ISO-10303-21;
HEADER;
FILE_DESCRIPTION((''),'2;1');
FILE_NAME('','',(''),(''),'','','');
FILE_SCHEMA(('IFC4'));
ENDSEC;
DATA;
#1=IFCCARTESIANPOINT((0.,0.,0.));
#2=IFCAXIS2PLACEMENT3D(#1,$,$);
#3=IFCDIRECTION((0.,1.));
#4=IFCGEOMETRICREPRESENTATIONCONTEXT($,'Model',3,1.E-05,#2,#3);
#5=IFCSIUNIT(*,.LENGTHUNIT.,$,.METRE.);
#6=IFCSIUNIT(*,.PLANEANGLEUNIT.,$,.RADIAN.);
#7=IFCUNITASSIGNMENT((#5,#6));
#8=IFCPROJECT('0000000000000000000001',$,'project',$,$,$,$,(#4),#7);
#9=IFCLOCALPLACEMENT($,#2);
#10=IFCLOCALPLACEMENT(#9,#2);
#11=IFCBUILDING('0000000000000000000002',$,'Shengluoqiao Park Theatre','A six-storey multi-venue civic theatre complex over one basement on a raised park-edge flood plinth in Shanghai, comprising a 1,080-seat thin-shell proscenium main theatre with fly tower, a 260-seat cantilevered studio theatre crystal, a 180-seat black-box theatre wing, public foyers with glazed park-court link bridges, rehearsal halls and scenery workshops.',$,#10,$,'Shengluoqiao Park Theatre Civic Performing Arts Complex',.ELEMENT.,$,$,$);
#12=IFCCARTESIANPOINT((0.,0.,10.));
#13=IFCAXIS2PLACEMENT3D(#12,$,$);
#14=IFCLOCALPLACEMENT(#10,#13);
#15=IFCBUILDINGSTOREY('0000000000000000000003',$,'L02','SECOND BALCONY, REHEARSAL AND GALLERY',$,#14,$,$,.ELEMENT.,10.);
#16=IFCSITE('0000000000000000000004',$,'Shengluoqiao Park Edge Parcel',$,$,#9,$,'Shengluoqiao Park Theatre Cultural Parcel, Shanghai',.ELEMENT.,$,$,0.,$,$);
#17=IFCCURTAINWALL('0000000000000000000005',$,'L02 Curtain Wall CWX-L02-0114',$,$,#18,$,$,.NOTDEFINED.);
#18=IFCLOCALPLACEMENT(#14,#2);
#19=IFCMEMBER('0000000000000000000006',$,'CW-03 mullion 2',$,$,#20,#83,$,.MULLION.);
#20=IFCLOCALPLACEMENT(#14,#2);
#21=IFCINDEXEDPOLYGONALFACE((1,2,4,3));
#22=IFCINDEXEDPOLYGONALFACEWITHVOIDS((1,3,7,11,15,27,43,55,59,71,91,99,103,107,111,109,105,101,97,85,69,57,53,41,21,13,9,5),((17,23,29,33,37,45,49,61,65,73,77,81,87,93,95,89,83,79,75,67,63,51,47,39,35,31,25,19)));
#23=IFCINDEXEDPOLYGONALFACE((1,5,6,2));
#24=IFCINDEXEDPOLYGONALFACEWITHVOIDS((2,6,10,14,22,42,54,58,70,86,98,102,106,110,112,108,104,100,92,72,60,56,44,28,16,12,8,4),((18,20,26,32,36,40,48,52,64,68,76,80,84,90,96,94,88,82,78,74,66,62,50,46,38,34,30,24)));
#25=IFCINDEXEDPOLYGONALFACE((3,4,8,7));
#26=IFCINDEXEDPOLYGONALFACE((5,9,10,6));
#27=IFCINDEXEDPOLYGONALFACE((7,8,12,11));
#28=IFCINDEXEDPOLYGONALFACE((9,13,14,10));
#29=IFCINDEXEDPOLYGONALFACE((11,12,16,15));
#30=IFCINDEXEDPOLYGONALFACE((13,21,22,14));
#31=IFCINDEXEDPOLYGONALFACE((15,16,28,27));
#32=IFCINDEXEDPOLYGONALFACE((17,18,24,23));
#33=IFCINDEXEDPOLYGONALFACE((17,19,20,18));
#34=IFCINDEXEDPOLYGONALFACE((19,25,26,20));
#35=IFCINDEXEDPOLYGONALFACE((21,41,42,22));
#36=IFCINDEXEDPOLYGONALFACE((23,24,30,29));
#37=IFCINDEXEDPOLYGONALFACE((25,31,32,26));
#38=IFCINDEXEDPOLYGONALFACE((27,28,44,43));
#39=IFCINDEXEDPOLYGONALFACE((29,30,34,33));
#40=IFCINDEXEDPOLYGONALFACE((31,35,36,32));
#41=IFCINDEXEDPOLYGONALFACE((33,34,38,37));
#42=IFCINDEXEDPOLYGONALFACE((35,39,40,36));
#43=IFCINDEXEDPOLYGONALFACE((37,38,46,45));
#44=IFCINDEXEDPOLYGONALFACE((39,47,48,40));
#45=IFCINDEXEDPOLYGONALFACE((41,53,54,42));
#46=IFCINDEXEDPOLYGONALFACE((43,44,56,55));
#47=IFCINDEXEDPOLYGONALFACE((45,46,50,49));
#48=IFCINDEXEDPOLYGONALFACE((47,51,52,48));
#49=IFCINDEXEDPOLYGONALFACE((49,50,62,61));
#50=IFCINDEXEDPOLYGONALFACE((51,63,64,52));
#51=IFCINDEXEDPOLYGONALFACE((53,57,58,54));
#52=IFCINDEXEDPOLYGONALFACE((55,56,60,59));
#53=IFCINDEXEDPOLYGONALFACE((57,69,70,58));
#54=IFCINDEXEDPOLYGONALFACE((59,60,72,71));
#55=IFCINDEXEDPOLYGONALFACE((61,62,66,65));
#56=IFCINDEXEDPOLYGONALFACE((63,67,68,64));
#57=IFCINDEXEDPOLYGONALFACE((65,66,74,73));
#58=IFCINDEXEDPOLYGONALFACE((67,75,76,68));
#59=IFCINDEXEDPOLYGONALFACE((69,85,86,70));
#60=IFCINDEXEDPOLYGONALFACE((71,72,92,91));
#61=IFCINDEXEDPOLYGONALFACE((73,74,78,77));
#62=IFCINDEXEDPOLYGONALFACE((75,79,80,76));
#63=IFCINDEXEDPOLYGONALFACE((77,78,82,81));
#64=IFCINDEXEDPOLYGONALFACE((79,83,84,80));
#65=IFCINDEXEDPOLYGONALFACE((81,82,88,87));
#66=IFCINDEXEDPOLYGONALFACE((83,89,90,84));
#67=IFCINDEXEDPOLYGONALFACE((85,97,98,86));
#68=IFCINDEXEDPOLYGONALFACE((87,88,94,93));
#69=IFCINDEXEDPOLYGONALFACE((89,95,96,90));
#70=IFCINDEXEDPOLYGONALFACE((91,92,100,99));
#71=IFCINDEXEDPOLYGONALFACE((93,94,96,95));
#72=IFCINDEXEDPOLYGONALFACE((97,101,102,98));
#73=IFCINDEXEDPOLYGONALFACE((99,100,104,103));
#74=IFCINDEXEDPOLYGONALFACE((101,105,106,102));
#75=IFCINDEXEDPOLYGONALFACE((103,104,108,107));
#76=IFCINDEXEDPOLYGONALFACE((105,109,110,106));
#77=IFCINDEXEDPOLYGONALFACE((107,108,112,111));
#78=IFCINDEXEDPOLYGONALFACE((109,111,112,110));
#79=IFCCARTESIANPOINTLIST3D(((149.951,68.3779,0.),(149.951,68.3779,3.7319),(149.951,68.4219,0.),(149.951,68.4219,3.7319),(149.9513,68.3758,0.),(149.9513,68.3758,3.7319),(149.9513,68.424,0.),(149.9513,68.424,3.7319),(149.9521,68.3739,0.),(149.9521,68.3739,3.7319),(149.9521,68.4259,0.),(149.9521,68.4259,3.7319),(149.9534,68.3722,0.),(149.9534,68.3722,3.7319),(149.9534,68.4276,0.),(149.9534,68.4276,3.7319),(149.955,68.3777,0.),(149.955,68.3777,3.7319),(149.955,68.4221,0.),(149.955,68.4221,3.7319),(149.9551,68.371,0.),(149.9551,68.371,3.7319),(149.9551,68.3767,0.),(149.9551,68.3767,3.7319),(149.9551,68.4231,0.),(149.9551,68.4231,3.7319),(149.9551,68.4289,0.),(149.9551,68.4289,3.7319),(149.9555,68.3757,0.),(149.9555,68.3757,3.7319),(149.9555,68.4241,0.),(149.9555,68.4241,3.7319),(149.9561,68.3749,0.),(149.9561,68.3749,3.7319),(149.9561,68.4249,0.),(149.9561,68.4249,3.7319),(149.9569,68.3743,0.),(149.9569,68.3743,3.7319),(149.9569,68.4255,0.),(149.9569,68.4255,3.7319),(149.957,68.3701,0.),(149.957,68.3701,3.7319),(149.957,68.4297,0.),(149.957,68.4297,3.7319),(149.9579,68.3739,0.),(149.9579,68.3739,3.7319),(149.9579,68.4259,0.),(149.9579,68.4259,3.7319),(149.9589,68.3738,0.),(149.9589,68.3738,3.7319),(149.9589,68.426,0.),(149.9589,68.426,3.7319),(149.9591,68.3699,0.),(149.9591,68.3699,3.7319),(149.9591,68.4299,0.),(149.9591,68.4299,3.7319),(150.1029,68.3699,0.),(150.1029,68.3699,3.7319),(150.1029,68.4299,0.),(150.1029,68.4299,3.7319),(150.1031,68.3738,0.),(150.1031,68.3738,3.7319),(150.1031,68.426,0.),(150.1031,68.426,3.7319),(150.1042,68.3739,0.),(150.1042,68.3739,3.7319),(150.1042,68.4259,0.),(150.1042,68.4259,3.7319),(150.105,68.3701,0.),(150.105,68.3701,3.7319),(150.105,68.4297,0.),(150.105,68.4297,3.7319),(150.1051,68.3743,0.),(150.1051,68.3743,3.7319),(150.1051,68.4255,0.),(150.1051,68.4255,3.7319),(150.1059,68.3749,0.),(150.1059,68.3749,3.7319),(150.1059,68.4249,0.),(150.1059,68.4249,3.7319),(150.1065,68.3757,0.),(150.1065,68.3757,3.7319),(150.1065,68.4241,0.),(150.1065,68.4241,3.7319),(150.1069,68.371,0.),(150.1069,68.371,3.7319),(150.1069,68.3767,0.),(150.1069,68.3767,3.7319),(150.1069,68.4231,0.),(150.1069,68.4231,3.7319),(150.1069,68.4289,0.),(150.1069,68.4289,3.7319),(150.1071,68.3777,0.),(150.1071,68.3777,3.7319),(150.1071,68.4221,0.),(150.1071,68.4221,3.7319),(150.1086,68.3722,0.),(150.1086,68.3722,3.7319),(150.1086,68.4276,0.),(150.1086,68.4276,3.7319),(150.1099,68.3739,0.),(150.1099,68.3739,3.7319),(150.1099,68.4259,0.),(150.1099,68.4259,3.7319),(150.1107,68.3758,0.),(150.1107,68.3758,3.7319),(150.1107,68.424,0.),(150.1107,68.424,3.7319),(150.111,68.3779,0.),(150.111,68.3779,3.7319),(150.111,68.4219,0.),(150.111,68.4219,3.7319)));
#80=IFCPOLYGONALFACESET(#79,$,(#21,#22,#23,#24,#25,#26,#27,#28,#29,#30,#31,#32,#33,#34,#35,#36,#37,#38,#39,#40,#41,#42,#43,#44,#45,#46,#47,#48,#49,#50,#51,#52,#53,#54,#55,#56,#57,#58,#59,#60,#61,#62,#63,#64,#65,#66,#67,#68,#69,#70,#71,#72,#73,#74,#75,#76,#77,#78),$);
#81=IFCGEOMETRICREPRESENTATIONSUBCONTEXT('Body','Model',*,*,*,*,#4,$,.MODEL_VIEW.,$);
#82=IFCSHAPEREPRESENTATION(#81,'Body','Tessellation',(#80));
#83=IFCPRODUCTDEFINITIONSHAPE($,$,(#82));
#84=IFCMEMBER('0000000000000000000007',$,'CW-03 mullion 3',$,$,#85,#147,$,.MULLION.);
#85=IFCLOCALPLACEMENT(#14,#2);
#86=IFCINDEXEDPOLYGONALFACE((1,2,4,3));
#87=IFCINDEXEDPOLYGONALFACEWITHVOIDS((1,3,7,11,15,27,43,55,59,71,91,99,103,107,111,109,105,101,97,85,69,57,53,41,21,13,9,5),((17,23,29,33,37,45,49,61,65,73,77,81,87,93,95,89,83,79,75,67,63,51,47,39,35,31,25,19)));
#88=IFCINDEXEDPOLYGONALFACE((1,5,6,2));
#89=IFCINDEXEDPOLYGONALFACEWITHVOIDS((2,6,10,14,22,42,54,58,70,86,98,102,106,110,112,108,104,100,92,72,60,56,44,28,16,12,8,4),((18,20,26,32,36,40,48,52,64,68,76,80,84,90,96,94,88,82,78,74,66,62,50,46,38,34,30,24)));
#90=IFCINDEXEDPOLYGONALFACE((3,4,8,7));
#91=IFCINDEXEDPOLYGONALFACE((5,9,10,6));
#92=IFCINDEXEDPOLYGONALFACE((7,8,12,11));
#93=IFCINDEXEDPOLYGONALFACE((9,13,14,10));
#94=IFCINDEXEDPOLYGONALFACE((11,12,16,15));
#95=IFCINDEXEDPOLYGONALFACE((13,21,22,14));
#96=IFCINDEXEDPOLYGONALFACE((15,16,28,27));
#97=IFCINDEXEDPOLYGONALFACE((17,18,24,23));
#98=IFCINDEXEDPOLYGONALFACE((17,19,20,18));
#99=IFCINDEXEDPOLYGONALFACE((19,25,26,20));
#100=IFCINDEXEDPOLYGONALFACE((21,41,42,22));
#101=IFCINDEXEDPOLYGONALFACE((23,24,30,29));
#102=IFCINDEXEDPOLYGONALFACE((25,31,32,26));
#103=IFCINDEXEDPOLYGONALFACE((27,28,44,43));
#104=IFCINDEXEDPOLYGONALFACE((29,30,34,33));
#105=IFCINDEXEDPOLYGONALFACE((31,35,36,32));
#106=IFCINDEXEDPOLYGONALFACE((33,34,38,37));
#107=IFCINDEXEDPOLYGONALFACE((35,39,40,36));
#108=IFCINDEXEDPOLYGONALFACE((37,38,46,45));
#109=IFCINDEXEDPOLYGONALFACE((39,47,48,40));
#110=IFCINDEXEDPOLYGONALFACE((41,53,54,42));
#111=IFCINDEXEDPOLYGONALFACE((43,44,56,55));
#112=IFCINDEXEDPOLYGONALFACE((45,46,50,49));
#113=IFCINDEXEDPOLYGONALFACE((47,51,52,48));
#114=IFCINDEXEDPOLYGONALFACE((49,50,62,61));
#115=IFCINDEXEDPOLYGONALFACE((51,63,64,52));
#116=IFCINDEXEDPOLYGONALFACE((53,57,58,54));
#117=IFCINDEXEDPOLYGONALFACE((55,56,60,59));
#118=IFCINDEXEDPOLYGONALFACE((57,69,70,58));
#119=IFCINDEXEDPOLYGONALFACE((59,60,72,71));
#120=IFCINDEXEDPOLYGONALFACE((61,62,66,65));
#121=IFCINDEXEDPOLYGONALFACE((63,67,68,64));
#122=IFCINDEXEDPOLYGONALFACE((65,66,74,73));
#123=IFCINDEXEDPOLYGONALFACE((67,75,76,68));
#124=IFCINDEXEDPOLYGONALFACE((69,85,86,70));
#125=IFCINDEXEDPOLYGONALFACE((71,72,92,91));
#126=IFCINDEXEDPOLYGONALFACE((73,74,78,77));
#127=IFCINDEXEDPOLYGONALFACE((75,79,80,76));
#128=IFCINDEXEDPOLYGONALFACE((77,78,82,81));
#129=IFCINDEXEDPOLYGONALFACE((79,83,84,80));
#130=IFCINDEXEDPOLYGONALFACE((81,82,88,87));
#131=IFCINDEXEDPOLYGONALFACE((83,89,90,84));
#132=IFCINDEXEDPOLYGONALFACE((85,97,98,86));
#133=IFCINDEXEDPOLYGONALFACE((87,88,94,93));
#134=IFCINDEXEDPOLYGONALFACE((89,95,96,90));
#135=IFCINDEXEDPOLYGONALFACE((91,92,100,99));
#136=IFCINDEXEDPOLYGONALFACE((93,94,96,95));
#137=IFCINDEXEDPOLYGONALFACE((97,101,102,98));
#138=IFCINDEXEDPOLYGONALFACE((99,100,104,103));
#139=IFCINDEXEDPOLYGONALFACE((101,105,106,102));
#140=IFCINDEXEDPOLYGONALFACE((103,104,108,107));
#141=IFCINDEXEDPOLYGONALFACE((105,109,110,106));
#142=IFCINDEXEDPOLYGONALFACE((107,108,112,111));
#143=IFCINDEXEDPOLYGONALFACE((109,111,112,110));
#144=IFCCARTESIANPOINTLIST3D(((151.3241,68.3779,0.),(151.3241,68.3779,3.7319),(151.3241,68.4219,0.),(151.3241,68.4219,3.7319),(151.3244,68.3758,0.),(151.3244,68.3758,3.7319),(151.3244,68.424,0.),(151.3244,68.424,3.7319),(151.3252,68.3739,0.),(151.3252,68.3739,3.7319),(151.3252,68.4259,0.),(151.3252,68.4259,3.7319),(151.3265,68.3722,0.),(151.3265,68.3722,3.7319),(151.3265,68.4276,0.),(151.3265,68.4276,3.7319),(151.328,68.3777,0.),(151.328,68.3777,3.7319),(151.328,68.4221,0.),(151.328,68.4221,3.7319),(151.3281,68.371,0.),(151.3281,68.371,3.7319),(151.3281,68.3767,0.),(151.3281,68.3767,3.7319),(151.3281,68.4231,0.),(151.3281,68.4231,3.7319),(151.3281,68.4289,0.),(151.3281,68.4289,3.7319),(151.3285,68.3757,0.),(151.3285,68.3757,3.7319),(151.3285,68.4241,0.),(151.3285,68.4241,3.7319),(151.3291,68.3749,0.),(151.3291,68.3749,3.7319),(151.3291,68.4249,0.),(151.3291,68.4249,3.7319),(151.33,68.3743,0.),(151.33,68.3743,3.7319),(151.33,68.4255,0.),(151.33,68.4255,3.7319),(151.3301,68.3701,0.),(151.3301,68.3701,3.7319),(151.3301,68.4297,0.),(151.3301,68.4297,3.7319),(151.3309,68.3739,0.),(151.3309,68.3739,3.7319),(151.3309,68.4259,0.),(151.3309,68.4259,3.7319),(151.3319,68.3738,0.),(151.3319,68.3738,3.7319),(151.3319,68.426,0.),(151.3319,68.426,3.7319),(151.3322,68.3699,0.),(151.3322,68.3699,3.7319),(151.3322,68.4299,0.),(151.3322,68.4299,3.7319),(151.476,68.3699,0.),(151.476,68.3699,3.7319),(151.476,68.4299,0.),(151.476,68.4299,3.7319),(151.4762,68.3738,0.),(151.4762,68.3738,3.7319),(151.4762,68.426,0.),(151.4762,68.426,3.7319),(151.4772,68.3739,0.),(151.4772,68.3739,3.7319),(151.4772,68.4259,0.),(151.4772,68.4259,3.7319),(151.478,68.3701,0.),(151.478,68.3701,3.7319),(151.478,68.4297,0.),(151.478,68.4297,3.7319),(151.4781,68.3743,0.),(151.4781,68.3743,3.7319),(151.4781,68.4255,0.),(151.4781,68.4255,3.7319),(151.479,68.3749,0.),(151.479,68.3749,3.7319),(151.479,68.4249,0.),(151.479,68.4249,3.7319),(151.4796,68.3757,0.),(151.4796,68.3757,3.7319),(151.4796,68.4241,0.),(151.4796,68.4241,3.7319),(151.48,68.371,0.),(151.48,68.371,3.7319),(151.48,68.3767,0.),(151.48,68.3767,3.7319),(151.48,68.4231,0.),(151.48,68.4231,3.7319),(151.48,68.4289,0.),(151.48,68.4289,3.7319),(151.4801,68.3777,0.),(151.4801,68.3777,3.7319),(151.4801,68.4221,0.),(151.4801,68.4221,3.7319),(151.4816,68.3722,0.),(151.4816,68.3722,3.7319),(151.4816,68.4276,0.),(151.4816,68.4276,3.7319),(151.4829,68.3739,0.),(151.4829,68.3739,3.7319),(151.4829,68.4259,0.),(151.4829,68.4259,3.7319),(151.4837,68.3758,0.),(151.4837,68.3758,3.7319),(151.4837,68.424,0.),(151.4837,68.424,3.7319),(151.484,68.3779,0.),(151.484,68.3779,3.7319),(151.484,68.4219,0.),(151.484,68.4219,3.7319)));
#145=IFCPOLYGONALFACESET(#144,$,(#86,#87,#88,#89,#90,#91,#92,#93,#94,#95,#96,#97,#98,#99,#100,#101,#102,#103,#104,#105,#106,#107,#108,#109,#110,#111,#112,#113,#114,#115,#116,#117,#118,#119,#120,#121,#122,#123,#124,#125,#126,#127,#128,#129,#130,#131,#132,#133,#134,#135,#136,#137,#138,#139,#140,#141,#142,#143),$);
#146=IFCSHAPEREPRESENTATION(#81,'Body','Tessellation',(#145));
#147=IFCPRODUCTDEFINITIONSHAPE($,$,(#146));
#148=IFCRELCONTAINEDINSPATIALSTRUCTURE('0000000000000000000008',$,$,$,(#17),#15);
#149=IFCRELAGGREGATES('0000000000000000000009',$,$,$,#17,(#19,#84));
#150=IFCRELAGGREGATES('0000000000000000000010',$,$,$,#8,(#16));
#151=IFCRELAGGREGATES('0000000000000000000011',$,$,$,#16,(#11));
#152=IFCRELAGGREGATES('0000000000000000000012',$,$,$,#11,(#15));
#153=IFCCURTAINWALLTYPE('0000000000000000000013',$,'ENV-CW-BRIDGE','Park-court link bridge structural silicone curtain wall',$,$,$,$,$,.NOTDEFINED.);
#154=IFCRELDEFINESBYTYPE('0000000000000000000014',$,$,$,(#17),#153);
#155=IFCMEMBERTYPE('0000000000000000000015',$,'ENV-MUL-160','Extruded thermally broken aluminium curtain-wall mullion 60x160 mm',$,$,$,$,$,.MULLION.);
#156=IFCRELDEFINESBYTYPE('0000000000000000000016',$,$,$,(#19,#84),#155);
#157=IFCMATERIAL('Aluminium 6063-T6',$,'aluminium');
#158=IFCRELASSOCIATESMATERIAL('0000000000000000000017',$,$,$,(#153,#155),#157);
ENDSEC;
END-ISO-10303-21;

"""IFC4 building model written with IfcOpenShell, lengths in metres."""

from ifc_helpers import new_model, si_unit, direction, frame, origin, origin_2d, place, context, subcontext, project, spatial, hollow_rectangle, extrude, material, material_profile, profile_set, type_object, element, aggregate, save


model = new_model("IFC4")

# Units and contexts
model_context = context("Model", 3, precision=1e-05, world=origin(), true_north=direction((0.0, 1.0)))
body_context = subcontext(model_context, "Body", "Model", "MODEL_VIEW")
ifc_project = project(units=[si_unit("LENGTHUNIT", "METRE"), si_unit("PLANEANGLEUNIT", "RADIAN")], contexts=[model_context])

# Site, building, storey
site_placement = place(None, origin())
site = spatial("IfcSite", under=ifc_project, at=site_placement, Name="Shengluoqiao Park Edge Parcel", LongName="Shengluoqiao Park Theatre Cultural Parcel, Shanghai", CompositionType="ELEMENT", RefElevation=0.0)
building_placement = place(site_placement, origin())
building = spatial("IfcBuilding", under=site, at=building_placement, Name="Shengluoqiao Park Theatre", Description="A six-storey multi-venue civic theatre complex over one basement on a raised park-edge flood plinth in Shanghai, comprising a 1,080-seat thin-shell proscenium main theatre with fly tower, a 260-seat cantilevered studio theatre crystal, a 180-seat black-box theatre wing, public foyers with glazed park-court link bridges, rehearsal halls and scenery workshops.", LongName="Shengluoqiao Park Theatre Civic Performing Arts Complex", CompositionType="ELEMENT")
storey_placement = place(building_placement, frame((0.0, 0.0, 10.0)))
storey = spatial("IfcBuildingStorey", under=building, at=storey_placement, Name="L02", Description="SECOND BALCONY, REHEARSAL AND GALLERY", CompositionType="ELEMENT", Elevation=10.0)

# Curtain wall, members
ifc_material_1 = material(Name="Aluminium 6063-T6", Category="aluminium")
curtain_wall_type_1 = type_object("IfcCurtainWallType", Name="ENV-CW-BRIDGE", Description="Park-court link bridge structural silicone curtain wall", PredefinedType="NOTDEFINED", material=ifc_material_1)
curtain_wall_1_placement = place(storey_placement, origin())
curtain_wall_1 = element("IfcCurtainWall", 1, at=curtain_wall_1_placement, inside=storey, type_object=curtain_wall_type_1, Name="L02 Curtain Wall CWX-L02-0114", PredefinedType="NOTDEFINED")
ifc_material_profile_1 = material_profile(ifc_material_1, hollow_rectangle(XDim=0.0601, YDim=0.1599, WallThickness=0.0039, InnerFilletRadius=0.0039, OuterFilletRadius=0.0081, at=origin_2d()), Name="ALU MULLION 160x60x4")
ifc_profile_set_1 = profile_set([ifc_material_profile_1], Name="Aluminium 6063-T6")
member_type_1 = type_object("IfcMemberType", Name="ENV-MUL-160", Description="Extruded thermally broken aluminium curtain-wall mullion 60x160 mm", PredefinedType="MULLION", material=ifc_profile_set_1)
member_1_placement = place(storey_placement, frame((150.031, 68.3999, 0.0), z_axis=(0.0, 0.0, 1.0), x_axis=(0.0, 1.0, 0.0)))
member_1 = element("IfcMember", 2, at=member_1_placement, type_object=member_type_1, Name="CW-03 mullion 2", PredefinedType="MULLION", context=body_context, shape_type="SweptSolid", body=[
    extrude(hollow_rectangle(XDim=0.0601, YDim=0.1599, WallThickness=0.0039, InnerFilletRadius=0.0039, OuterFilletRadius=0.0081, at=origin_2d()), origin(), (0.0, 0.0, 1.0), 3.7319),
])
member_2_placement = place(storey_placement, frame((151.4041, 68.3999, 0.0), z_axis=(0.0, 0.0, 1.0), x_axis=(0.0, 1.0, 0.0)))
member_2 = element("IfcMember", 3, at=member_2_placement, type_object=member_type_1, Name="CW-03 mullion 3", PredefinedType="MULLION", context=body_context, shape_type="SweptSolid", body=[
    extrude(hollow_rectangle(XDim=0.0601, YDim=0.1599, WallThickness=0.0039, InnerFilletRadius=0.0039, OuterFilletRadius=0.0081, at=origin_2d()), origin(), (0.0, 0.0, 1.0), 3.7319),
])

aggregate(curtain_wall_1, [member_1, member_2])

save(model, "model.ifc")
